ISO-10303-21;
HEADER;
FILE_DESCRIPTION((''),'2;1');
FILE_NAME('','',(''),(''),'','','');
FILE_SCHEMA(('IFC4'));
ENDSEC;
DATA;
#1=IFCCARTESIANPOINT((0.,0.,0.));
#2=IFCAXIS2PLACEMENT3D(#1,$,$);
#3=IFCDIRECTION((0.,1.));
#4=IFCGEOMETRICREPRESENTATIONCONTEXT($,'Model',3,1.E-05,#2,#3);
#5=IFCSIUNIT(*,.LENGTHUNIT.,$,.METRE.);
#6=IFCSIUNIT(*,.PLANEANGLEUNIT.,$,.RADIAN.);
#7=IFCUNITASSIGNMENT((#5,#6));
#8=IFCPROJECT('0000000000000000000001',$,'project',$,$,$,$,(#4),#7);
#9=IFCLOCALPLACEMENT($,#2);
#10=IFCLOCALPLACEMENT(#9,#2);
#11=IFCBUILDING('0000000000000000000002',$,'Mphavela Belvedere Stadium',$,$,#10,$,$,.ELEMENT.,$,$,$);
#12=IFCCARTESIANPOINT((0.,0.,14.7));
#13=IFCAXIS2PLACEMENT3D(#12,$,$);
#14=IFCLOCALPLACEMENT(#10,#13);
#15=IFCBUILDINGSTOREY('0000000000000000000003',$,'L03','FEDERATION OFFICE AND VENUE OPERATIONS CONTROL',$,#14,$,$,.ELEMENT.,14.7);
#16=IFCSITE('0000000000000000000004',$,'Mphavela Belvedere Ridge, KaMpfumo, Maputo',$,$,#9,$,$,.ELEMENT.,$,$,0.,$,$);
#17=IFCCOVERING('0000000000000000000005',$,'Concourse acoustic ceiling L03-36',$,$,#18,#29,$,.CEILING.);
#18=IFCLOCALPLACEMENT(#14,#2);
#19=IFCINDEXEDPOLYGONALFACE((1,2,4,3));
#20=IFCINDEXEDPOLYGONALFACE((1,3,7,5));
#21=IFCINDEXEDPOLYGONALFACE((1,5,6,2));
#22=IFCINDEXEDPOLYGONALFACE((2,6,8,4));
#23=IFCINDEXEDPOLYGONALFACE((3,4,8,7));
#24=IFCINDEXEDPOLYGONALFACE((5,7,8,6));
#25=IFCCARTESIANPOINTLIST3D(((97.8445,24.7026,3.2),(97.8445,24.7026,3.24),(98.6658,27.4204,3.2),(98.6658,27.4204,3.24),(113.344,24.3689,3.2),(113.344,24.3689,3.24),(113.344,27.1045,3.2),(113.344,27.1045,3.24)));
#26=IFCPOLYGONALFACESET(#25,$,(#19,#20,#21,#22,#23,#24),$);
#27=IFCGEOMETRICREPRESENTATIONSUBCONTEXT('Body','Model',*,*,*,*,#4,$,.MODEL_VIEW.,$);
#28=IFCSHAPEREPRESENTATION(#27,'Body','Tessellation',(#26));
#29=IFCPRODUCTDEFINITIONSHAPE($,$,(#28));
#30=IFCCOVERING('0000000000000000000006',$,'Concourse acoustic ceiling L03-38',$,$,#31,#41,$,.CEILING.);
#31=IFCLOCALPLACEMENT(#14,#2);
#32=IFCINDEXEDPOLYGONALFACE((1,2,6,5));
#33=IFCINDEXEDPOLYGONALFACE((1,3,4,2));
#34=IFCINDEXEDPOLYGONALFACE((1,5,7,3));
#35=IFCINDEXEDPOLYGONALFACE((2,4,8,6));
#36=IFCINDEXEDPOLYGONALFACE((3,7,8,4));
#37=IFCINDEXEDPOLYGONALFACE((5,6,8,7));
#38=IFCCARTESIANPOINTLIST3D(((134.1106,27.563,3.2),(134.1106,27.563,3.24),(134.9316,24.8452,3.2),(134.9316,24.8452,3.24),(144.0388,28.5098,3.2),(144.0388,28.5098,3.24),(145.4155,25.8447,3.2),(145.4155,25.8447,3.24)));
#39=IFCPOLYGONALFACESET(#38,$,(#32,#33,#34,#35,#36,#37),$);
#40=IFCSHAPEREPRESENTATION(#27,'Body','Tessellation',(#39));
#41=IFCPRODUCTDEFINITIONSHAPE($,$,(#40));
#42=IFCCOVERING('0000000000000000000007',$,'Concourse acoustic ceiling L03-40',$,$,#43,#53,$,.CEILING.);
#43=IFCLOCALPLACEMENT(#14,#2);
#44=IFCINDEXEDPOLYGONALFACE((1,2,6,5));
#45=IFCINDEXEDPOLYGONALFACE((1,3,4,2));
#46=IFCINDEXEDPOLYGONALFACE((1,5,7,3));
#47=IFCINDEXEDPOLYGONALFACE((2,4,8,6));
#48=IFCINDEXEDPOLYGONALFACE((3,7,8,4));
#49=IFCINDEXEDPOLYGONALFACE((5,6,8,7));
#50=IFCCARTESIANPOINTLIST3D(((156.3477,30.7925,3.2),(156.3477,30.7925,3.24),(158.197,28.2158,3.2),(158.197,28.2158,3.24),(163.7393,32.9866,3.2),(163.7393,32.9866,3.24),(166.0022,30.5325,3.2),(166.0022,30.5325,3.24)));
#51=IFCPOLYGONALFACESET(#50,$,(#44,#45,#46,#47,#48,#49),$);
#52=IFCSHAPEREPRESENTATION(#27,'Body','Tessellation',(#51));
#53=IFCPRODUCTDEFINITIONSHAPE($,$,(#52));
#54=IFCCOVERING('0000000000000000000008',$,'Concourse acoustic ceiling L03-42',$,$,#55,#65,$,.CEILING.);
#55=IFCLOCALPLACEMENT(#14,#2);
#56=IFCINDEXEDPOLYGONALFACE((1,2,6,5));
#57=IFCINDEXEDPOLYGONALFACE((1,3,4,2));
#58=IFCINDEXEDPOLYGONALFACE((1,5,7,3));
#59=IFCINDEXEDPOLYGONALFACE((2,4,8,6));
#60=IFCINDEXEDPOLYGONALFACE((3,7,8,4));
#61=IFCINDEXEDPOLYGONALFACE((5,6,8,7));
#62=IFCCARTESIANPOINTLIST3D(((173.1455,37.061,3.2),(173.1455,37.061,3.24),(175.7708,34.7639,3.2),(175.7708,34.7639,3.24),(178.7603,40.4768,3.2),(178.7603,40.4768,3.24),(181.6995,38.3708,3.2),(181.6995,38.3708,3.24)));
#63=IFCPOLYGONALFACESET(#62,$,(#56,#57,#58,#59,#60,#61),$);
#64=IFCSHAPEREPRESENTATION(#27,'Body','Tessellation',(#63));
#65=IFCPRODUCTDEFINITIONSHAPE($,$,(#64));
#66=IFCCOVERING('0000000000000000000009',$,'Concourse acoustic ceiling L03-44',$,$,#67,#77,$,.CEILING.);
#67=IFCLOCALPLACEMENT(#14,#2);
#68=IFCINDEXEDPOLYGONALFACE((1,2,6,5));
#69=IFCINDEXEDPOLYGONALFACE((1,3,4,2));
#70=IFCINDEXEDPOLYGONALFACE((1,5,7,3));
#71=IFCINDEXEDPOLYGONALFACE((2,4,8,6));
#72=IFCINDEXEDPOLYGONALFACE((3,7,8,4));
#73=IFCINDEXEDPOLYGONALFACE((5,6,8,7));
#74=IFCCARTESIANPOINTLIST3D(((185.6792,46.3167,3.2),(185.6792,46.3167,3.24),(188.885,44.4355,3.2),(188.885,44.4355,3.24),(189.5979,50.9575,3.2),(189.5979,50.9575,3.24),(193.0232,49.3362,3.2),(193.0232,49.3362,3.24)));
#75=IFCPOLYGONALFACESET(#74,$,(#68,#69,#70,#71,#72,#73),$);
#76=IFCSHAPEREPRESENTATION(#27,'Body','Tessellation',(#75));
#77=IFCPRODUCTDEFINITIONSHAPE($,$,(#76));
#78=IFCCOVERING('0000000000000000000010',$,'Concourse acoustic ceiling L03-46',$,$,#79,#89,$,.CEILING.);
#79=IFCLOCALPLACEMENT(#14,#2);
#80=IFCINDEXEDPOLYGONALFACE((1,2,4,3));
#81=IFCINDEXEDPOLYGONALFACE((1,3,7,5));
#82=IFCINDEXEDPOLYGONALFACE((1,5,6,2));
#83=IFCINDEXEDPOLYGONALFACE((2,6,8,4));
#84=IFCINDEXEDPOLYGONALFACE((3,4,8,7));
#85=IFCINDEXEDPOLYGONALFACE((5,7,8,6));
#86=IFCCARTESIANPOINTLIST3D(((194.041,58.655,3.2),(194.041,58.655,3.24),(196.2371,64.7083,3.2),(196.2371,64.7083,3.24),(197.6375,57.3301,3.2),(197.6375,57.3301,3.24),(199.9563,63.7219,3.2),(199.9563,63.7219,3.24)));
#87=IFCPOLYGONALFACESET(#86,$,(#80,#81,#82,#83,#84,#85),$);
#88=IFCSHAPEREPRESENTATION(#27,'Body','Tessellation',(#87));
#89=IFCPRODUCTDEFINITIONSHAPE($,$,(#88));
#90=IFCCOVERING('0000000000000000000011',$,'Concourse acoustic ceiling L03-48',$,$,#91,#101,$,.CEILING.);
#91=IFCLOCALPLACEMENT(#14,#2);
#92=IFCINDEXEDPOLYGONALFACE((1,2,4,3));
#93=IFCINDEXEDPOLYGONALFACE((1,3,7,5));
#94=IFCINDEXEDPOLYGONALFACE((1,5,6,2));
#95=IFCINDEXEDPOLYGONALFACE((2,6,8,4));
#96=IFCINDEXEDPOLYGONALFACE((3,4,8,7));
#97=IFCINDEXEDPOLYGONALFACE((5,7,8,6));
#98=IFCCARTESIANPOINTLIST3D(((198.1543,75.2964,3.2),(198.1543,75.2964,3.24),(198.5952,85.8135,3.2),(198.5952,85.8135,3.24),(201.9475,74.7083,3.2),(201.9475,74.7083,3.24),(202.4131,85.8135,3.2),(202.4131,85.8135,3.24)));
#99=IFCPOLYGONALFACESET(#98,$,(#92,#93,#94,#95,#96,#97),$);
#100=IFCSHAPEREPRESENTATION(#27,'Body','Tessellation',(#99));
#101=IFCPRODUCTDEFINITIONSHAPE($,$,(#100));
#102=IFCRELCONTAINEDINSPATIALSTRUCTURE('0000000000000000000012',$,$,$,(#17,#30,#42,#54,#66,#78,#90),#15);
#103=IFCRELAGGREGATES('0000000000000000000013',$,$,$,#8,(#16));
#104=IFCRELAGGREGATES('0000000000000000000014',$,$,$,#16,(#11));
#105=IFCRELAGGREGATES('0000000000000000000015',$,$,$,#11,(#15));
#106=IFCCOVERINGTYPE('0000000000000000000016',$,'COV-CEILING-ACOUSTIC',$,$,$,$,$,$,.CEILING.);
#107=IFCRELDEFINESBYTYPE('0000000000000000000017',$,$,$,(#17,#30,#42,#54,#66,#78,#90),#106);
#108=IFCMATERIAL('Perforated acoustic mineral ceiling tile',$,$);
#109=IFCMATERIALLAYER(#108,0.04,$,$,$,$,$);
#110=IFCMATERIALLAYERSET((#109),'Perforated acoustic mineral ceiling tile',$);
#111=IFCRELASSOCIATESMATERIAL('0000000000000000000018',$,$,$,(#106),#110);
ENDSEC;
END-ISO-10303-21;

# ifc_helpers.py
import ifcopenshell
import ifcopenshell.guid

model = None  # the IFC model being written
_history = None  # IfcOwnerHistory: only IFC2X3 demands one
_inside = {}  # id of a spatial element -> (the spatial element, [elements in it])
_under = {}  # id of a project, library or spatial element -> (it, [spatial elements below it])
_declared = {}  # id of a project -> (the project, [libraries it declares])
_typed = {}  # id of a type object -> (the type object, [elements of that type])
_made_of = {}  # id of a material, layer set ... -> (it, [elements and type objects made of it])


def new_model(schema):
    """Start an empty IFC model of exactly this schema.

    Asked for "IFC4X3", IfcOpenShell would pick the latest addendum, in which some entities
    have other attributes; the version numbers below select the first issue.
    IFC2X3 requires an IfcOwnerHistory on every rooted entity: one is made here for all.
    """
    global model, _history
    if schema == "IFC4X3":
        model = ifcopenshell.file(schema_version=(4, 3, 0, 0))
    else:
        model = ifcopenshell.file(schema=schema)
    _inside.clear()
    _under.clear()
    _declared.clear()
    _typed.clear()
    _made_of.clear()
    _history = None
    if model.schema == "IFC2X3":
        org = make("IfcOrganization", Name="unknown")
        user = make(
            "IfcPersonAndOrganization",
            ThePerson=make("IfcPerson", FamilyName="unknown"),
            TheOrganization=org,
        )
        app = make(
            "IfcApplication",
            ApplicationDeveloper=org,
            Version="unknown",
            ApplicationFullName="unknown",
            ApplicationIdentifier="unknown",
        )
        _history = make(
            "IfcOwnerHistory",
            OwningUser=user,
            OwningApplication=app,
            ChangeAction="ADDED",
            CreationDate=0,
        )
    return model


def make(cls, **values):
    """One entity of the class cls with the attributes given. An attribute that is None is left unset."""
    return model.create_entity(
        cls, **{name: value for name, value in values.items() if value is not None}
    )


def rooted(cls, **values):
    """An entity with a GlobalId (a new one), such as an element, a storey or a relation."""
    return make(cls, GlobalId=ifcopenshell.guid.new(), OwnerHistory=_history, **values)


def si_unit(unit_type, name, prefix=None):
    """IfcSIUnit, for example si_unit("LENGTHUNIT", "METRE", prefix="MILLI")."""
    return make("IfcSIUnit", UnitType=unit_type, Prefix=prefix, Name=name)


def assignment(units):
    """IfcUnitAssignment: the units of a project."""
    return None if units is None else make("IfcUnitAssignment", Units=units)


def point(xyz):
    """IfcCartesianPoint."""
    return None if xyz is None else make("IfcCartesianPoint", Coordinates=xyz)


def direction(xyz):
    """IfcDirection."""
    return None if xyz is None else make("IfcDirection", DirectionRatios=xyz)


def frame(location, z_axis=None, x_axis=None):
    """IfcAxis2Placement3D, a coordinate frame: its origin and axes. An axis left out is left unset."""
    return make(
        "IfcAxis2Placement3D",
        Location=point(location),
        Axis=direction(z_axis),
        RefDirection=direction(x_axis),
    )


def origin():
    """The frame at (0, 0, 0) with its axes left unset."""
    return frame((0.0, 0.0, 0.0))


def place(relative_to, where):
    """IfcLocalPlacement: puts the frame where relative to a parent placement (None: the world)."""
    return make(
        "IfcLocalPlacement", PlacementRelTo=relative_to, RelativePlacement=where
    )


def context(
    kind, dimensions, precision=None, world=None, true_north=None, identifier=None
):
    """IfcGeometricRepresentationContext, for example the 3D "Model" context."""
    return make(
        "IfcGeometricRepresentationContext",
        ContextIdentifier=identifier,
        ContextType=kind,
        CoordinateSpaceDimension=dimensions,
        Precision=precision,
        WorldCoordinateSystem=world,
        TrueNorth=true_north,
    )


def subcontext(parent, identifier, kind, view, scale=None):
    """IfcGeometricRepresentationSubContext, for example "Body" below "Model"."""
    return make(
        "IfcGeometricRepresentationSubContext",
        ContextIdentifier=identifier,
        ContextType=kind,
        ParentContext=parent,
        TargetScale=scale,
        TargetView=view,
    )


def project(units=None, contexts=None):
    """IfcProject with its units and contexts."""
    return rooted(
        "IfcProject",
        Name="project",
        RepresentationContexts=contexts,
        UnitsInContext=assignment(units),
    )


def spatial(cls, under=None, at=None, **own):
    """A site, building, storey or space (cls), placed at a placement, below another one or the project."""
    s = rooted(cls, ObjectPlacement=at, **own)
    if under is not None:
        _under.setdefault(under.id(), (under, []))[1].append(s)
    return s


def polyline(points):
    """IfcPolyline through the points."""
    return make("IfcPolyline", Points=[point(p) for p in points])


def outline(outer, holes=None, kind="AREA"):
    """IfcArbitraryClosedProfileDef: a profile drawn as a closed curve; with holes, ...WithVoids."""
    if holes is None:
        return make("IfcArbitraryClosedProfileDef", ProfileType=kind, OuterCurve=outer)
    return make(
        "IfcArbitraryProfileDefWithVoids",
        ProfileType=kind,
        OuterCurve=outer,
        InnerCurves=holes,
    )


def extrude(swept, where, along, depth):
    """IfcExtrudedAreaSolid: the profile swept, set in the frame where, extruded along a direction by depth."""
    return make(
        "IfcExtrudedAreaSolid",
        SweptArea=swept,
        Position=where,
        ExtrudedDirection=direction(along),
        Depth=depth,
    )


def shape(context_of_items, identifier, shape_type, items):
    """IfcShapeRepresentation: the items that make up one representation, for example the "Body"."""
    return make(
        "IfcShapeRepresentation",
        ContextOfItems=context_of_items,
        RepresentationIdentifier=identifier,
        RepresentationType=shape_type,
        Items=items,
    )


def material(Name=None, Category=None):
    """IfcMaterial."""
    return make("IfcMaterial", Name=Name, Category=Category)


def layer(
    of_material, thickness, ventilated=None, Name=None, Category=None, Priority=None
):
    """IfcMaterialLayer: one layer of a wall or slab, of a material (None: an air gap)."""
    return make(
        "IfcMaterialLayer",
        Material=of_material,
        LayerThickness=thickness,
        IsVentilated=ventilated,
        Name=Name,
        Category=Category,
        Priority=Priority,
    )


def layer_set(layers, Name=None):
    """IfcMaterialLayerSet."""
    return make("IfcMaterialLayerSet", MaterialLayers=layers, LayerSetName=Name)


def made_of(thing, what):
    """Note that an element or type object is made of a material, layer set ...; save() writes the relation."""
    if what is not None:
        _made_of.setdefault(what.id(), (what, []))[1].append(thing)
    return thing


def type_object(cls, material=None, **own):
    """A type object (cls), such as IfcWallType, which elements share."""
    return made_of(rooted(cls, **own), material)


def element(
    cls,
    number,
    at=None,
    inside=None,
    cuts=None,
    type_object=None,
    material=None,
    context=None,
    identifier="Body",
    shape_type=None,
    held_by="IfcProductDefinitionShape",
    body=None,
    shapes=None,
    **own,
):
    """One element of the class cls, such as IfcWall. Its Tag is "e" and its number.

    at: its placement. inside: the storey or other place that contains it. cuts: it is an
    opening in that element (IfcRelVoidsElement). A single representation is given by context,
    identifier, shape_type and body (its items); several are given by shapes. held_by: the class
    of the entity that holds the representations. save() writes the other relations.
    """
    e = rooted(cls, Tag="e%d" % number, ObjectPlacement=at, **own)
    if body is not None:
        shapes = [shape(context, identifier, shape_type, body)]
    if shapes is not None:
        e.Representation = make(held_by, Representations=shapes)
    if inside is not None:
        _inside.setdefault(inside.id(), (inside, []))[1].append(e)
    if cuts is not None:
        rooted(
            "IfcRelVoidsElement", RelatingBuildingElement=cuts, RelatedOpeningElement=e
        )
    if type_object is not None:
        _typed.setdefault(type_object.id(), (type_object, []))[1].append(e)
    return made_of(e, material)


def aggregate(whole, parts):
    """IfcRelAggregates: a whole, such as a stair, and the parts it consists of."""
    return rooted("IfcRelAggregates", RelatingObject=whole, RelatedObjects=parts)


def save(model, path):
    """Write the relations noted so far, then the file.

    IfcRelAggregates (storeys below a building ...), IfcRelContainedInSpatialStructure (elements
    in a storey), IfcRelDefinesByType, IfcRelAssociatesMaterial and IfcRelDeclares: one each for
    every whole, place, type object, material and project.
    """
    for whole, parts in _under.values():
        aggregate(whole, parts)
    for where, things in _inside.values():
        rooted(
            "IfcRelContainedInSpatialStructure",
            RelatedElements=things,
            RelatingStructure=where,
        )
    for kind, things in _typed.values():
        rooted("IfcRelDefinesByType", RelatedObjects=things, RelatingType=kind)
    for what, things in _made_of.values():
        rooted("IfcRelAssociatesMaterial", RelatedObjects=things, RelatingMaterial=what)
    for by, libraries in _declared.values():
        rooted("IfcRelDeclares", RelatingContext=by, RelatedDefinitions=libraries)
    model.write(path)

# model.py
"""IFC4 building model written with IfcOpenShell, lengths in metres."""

from ifc_helpers import new_model, si_unit, direction, frame, origin, place, context, subcontext, project, spatial, polyline, outline, extrude, material, layer, layer_set, type_object, element, save


model = new_model("IFC4")

# Units and contexts
model_context = context("Model", 3, precision=1e-05, world=origin(), true_north=direction((0.0, 1.0)))
body_context = subcontext(model_context, "Body", "Model", "MODEL_VIEW")
ifc_project = project(units=[si_unit("LENGTHUNIT", "METRE"), si_unit("PLANEANGLEUNIT", "RADIAN")], contexts=[model_context])

# Site, building, storey
site_placement = place(None, origin())
site = spatial("IfcSite", under=ifc_project, at=site_placement, Name="Mphavela Belvedere Ridge, KaMpfumo, Maputo", CompositionType="ELEMENT", RefElevation=0.0)
building_placement = place(site_placement, origin())
building = spatial("IfcBuilding", under=site, at=building_placement, Name="Mphavela Belvedere Stadium", CompositionType="ELEMENT")
storey_placement = place(building_placement, frame((0.0, 0.0, 14.7)))
storey = spatial("IfcBuildingStorey", under=building, at=storey_placement, Name="L03", Description="FEDERATION OFFICE AND VENUE OPERATIONS CONTROL", CompositionType="ELEMENT", Elevation=14.7)

# Coverings
ifc_material_1 = material(Name="Perforated acoustic mineral ceiling tile")
ifc_layer_1 = layer(ifc_material_1, 0.04)
ifc_layer_set_1 = layer_set([ifc_layer_1], Name="Perforated acoustic mineral ceiling tile")
covering_type = type_object("IfcCoveringType", Name="COV-CEILING-ACOUSTIC", PredefinedType="CEILING", material=ifc_layer_set_1)
covering_1_placement = place(storey_placement, frame((0.0, 0.0, 3.2)))
element("IfcCovering", 1, at=covering_1_placement, inside=storey, type_object=covering_type, Name="Concourse acoustic ceiling L03-36", PredefinedType="CEILING", context=body_context, shape_type="SweptSolid", body=[
    extrude(outline(polyline([(98.6658, 27.4204), (113.344, 27.1045), (113.344, 24.3689), (97.8445, 24.7026), (98.6658, 27.4204)])), origin(), (0.0, 0.0, 1.0), 0.04),
])
covering_2_placement = place(storey_placement, frame((0.0, 0.0, 3.2)))
element("IfcCovering", 2, at=covering_2_placement, inside=storey, type_object=covering_type, Name="Concourse acoustic ceiling L03-38", PredefinedType="CEILING", context=body_context, shape_type="SweptSolid", body=[
    extrude(outline(polyline([(134.1106, 27.563), (144.0388, 28.5098), (145.4155, 25.8447), (134.9316, 24.8452), (134.1106, 27.563)])), origin(), (0.0, 0.0, 1.0), 0.04),
])
covering_3_placement = place(storey_placement, frame((0.0, 0.0, 3.2)))
element("IfcCovering", 3, at=covering_3_placement, inside=storey, type_object=covering_type, Name="Concourse acoustic ceiling L03-40", PredefinedType="CEILING", context=body_context, shape_type="SweptSolid", body=[
    extrude(outline(polyline([(156.3477, 30.7925), (163.7393, 32.9866), (166.0022, 30.5325), (158.197, 28.2158), (156.3477, 30.7925)])), origin(), (0.0, 0.0, 1.0), 0.04),
])
covering_4_placement = place(storey_placement, frame((0.0, 0.0, 3.2)))
element("IfcCovering", 4, at=covering_4_placement, inside=storey, type_object=covering_type, Name="Concourse acoustic ceiling L03-42", PredefinedType="CEILING", context=body_context, shape_type="SweptSolid", body=[
    extrude(outline(polyline([(173.1455, 37.061), (178.7603, 40.4768), (181.6995, 38.3708), (175.7708, 34.7639), (173.1455, 37.061)])), origin(), (0.0, 0.0, 1.0), 0.04),
])
covering_5_placement = place(storey_placement, frame((0.0, 0.0, 3.2)))
element("IfcCovering", 5, at=covering_5_placement, inside=storey, type_object=covering_type, Name="Concourse acoustic ceiling L03-44", PredefinedType="CEILING", context=body_context, shape_type="SweptSolid", body=[
    extrude(outline(polyline([(185.6792, 46.3167), (189.5979, 50.9575), (193.0232, 49.3362), (188.885, 44.4355), (185.6792, 46.3167)])), origin(), (0.0, 0.0, 1.0), 0.04),
])
covering_6_placement = place(storey_placement, frame((0.0, 0.0, 3.2)))
element("IfcCovering", 6, at=covering_6_placement, inside=storey, type_object=covering_type, Name="Concourse acoustic ceiling L03-46", PredefinedType="CEILING", context=body_context, shape_type="SweptSolid", body=[
    extrude(outline(polyline([(194.041, 58.655), (196.2371, 64.7083), (199.9563, 63.7219), (197.6375, 57.3301), (194.041, 58.655)])), origin(), (0.0, 0.0, 1.0), 0.04),
])
covering_7_placement = place(storey_placement, frame((0.0, 0.0, 3.2)))
element("IfcCovering", 7, at=covering_7_placement, inside=storey, type_object=covering_type, Name="Concourse acoustic ceiling L03-48", PredefinedType="CEILING", context=body_context, shape_type="SweptSolid", body=[
    extrude(outline(polyline([(198.1543, 75.2964), (198.5952, 85.8135), (202.4131, 85.8135), (201.9475, 74.7083), (198.1543, 75.2964)])), origin(), (0.0, 0.0, 1.0), 0.04),
])

save(model, "model.ifc")
